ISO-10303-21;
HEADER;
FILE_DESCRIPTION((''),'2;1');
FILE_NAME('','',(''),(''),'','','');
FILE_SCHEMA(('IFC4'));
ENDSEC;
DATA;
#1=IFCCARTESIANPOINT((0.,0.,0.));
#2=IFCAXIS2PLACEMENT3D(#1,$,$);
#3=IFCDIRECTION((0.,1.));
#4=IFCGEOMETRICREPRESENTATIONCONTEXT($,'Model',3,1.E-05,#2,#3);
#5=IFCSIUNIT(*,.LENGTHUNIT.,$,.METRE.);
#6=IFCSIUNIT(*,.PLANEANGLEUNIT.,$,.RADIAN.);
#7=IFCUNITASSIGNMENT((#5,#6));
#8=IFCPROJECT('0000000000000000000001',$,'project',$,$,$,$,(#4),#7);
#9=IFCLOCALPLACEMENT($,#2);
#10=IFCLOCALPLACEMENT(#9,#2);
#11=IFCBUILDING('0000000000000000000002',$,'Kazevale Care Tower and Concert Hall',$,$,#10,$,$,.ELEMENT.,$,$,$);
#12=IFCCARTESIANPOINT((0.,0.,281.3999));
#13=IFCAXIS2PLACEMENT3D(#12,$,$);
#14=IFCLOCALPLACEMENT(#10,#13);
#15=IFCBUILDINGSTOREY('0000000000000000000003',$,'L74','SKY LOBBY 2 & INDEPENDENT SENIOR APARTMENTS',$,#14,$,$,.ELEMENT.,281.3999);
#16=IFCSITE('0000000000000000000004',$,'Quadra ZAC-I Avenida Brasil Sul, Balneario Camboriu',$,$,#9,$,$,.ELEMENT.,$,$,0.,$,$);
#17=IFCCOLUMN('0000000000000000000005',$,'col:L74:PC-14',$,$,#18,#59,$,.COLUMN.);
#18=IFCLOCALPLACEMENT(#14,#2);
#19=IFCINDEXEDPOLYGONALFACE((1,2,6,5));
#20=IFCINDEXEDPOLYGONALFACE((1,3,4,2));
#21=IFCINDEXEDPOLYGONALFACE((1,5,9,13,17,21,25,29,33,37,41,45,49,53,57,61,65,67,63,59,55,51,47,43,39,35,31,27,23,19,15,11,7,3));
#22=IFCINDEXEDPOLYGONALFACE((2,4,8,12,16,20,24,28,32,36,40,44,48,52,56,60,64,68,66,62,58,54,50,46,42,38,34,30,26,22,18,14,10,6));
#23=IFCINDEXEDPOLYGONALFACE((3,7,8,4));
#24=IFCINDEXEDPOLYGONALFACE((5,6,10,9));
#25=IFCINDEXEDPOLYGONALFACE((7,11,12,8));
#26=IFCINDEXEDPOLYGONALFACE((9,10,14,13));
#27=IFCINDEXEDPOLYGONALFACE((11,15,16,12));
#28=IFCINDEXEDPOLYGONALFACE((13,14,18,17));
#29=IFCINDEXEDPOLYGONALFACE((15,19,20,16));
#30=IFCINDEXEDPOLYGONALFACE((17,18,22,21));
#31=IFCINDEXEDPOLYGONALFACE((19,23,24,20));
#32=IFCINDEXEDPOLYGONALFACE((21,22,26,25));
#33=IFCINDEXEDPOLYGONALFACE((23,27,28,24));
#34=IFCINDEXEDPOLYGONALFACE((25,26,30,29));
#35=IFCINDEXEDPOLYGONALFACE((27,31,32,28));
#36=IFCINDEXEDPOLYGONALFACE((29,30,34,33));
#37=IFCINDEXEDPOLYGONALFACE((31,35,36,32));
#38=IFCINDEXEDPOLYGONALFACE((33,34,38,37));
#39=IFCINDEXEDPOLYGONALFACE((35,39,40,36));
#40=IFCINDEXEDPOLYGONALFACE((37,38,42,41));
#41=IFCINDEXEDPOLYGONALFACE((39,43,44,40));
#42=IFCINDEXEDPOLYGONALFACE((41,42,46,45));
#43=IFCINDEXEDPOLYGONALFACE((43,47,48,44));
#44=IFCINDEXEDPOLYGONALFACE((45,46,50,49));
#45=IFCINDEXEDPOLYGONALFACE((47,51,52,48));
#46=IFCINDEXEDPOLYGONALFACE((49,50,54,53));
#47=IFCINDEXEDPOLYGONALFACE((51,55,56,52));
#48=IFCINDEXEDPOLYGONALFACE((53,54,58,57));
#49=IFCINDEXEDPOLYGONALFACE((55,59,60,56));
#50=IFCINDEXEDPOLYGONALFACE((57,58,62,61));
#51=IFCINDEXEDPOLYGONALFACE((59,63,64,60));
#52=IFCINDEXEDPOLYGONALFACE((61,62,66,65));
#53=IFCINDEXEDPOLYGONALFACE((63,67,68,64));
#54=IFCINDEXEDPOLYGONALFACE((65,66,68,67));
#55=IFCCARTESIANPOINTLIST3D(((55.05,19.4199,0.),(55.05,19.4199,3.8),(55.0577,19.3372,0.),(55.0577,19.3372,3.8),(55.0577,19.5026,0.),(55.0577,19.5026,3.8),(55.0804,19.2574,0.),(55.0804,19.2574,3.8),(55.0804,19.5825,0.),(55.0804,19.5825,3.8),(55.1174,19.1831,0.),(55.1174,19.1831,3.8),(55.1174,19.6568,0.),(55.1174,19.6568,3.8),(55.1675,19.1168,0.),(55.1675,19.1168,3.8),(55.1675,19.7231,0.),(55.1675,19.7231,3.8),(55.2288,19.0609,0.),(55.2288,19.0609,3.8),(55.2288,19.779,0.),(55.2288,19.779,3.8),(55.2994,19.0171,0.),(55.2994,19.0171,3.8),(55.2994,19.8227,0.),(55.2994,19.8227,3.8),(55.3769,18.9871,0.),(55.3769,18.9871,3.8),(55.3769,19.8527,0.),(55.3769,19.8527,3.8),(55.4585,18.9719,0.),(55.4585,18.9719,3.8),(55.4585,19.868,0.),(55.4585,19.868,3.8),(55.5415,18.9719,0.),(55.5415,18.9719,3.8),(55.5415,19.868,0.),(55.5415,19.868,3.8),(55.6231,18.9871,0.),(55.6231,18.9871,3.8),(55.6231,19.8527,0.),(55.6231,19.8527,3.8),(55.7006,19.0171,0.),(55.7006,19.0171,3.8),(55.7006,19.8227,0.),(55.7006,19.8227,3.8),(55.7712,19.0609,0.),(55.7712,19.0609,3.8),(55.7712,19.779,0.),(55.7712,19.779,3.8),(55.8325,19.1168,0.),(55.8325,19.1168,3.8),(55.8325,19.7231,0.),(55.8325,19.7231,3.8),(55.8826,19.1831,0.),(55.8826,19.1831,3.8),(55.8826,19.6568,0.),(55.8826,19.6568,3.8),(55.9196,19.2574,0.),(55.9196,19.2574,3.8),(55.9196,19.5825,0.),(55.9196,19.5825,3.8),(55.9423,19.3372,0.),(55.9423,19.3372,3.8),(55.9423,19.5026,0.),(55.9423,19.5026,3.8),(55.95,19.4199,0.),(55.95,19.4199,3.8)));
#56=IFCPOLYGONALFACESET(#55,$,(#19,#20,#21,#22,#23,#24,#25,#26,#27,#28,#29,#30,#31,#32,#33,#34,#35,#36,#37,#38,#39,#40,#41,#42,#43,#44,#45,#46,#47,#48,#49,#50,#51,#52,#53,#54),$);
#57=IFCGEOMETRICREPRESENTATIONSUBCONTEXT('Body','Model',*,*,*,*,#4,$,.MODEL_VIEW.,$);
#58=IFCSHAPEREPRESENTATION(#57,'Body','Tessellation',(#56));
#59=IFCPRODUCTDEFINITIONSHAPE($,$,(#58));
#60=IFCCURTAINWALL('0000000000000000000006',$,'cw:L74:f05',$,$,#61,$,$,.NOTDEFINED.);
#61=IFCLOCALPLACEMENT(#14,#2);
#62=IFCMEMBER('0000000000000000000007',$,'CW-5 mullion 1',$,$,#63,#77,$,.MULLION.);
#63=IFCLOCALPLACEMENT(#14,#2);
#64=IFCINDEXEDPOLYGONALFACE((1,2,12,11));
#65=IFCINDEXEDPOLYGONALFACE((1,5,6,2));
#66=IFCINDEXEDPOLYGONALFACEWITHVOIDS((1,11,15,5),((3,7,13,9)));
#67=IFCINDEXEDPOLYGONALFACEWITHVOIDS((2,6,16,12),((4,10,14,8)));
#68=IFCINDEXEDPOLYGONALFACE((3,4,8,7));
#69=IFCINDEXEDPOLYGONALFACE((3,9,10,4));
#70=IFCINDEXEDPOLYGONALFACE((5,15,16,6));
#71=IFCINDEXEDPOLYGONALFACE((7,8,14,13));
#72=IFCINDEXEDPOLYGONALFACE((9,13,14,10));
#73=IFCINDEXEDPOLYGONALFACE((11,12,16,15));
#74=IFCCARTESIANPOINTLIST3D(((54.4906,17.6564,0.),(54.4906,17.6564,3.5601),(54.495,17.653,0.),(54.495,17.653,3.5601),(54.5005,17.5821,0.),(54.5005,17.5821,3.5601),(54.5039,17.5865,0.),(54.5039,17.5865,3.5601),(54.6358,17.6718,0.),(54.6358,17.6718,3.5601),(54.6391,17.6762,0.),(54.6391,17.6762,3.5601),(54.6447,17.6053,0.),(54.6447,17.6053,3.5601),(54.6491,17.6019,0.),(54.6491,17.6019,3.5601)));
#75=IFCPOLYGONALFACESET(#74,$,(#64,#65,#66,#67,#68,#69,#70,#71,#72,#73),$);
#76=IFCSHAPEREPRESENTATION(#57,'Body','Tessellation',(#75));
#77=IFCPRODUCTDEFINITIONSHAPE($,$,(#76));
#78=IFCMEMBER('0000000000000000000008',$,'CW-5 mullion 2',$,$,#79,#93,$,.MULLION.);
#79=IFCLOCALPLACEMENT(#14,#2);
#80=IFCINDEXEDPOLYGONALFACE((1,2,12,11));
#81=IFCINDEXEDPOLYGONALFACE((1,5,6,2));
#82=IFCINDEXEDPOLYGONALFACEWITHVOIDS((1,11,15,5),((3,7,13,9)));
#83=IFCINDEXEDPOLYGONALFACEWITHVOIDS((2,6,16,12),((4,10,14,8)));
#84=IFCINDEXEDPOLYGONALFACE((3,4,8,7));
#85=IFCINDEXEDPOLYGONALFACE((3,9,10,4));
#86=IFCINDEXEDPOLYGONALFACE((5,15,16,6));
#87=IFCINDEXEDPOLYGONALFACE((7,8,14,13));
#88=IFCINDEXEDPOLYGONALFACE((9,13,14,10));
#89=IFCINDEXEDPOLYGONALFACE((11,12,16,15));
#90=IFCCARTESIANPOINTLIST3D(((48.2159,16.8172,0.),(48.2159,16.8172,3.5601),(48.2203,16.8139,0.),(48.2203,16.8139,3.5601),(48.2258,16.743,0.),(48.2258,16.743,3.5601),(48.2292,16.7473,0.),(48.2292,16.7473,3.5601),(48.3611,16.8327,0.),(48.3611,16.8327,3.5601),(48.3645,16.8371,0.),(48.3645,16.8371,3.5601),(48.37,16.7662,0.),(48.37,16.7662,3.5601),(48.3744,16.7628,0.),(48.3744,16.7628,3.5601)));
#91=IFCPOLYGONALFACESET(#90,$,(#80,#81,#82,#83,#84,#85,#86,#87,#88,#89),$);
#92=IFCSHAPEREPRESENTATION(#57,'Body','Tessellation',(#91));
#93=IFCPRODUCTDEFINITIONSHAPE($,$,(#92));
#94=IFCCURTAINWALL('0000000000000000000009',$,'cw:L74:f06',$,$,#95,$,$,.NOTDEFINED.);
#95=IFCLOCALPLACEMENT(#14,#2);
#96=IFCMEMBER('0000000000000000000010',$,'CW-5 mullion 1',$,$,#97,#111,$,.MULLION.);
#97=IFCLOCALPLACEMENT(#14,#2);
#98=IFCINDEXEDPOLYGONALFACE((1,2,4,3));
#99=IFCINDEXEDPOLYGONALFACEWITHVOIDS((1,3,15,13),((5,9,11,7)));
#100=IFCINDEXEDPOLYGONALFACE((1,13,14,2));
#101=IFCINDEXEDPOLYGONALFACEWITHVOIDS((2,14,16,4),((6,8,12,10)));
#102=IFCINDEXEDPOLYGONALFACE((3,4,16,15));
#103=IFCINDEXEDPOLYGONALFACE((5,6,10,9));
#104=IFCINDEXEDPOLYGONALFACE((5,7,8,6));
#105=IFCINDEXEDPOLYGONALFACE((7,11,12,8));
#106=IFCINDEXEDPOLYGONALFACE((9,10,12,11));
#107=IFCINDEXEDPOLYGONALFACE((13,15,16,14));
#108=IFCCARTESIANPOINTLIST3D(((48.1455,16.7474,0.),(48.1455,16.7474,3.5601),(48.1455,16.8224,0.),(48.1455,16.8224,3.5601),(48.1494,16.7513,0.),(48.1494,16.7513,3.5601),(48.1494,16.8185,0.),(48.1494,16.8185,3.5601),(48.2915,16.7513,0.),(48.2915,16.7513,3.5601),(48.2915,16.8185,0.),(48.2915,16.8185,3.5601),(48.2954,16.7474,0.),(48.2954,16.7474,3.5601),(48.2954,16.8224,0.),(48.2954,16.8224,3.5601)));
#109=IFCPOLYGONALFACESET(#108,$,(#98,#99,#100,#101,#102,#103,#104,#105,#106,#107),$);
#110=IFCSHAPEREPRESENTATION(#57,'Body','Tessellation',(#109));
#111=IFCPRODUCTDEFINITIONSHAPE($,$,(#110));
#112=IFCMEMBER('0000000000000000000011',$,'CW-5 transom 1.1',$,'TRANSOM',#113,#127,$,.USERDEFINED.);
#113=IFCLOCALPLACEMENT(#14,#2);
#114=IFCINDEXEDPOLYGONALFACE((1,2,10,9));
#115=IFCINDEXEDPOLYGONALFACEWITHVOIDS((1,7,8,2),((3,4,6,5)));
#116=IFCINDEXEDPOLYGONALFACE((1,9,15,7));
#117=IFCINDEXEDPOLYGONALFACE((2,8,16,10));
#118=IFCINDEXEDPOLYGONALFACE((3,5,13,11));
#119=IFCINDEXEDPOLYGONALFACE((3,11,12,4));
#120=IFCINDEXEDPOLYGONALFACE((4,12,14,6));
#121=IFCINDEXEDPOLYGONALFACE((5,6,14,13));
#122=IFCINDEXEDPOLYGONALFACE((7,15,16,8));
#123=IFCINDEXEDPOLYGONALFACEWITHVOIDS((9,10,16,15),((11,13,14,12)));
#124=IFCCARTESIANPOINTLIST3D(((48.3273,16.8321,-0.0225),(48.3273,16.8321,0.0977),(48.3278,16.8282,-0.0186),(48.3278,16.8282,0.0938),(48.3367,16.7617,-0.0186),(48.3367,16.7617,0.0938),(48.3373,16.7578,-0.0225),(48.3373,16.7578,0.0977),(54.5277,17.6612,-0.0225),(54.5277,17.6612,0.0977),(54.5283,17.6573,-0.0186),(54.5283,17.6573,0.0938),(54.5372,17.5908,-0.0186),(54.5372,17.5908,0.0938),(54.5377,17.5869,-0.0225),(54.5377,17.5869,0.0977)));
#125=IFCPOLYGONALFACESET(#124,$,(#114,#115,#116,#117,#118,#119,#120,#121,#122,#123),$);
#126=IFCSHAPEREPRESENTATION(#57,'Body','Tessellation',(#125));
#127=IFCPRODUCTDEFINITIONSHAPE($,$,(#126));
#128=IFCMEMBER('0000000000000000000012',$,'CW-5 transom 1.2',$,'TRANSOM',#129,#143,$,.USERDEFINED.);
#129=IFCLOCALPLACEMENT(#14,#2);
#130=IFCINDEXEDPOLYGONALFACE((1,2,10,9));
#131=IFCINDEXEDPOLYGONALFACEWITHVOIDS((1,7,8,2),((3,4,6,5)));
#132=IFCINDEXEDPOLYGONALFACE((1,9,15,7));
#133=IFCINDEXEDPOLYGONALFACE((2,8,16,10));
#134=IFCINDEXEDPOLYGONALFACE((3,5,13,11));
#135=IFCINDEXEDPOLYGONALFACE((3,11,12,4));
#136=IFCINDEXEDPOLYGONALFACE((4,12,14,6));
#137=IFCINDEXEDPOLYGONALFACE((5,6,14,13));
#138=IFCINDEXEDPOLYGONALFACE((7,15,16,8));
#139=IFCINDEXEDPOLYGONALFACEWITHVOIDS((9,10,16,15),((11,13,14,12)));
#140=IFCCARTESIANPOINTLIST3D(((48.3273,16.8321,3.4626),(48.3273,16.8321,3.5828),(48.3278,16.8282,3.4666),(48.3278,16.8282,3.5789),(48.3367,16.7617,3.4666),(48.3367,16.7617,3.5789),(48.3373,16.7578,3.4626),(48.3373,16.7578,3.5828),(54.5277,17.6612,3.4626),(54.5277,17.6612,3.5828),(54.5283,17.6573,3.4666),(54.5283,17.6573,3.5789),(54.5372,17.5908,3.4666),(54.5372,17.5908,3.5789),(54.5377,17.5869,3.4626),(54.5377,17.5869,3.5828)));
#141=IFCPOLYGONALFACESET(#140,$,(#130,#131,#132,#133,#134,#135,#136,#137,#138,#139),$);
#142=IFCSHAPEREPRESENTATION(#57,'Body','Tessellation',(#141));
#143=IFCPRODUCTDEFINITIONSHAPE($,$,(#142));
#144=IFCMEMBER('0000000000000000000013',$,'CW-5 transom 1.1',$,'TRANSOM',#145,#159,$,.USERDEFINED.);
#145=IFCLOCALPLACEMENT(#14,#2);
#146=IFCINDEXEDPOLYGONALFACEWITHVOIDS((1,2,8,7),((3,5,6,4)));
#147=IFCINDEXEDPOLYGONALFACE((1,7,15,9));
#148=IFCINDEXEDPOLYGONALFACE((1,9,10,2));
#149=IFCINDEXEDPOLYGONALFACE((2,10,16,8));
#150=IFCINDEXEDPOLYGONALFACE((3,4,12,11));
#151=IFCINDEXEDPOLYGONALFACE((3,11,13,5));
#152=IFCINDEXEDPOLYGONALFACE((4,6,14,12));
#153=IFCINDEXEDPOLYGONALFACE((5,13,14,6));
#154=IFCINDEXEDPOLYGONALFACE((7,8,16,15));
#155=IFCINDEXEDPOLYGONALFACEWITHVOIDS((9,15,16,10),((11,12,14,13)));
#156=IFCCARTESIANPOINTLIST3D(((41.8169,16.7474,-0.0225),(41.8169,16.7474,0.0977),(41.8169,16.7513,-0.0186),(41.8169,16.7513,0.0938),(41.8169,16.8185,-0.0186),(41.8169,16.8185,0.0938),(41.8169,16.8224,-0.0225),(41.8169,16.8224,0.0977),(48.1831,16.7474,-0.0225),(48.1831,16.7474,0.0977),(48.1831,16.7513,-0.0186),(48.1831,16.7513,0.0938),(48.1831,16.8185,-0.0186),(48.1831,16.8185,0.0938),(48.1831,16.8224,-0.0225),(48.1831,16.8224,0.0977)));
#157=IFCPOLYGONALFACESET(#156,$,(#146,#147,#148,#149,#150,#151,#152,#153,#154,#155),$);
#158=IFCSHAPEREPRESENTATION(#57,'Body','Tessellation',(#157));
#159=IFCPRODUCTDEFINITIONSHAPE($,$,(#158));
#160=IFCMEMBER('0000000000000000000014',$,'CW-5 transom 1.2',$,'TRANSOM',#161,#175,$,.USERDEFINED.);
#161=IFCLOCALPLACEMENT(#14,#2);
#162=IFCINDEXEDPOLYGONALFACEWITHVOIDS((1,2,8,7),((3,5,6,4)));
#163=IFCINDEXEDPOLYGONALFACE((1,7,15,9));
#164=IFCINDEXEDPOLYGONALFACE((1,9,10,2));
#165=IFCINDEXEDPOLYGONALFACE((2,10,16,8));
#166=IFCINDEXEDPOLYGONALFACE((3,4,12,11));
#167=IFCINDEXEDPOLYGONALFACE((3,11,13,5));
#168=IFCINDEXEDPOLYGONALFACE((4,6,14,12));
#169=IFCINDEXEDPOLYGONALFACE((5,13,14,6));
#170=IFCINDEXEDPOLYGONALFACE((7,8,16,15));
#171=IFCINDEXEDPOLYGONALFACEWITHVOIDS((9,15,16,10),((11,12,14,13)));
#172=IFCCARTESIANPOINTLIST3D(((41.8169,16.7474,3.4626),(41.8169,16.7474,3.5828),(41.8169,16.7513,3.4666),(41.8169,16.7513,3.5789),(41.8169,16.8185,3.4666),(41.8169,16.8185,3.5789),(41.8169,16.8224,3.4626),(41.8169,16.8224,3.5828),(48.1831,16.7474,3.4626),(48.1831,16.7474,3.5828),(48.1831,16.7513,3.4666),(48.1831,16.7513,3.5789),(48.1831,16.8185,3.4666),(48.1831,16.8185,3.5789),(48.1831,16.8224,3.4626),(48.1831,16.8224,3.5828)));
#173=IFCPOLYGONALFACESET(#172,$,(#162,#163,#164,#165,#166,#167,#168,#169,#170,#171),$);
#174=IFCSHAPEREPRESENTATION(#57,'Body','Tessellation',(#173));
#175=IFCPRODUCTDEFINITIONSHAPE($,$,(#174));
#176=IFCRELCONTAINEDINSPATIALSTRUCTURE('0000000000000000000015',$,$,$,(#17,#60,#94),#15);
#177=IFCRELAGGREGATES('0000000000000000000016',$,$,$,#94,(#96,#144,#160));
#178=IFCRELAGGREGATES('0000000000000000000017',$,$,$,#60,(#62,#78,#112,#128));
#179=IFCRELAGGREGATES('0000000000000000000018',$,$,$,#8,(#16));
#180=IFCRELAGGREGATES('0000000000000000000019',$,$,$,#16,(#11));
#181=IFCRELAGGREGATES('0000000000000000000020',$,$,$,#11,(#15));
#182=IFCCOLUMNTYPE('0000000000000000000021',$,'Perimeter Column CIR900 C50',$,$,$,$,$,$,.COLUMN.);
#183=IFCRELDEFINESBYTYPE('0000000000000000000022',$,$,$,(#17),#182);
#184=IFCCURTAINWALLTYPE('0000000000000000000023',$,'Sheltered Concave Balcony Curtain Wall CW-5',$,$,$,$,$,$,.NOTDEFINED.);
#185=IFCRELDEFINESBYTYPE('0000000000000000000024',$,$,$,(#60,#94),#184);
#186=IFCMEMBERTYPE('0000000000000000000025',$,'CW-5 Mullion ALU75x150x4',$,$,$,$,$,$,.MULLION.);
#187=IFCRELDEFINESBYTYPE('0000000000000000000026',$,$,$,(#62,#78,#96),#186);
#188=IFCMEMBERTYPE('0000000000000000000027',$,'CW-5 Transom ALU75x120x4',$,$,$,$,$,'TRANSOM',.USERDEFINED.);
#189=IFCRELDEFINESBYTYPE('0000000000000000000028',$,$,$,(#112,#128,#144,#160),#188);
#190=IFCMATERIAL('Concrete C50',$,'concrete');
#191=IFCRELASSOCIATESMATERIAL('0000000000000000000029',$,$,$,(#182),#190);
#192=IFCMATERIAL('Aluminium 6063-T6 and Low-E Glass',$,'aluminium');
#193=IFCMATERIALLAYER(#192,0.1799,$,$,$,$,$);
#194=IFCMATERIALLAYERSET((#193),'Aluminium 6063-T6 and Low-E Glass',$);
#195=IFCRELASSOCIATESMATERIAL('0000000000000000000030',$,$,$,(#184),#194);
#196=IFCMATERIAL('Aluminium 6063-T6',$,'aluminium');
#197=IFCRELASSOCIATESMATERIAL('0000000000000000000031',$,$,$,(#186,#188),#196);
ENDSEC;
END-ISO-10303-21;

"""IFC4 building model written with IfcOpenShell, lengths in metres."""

from ifc_helpers import new_model, si_unit, direction, frame, origin, origin_2d, place, context, subcontext, project, spatial, hollow_rectangle, circle, extrude, material, layer, layer_set, material_profile, profile_set, type_object, element, aggregate, save


model = new_model("IFC4")

# Units and contexts
model_context = context("Model", 3, precision=1e-05, world=origin(), true_north=direction((0.0, 1.0)))
body_context = subcontext(model_context, "Body", "Model", "MODEL_VIEW")
ifc_project = project(units=[si_unit("LENGTHUNIT", "METRE"), si_unit("PLANEANGLEUNIT", "RADIAN")], contexts=[model_context])

# Site, building, storey
site_placement = place(None, origin())
site = spatial("IfcSite", under=ifc_project, at=site_placement, Name="Quadra ZAC-I Avenida Brasil Sul, Balneario Camboriu", CompositionType="ELEMENT", RefElevation=0.0)
building_placement = place(site_placement, origin())
building = spatial("IfcBuilding", under=site, at=building_placement, Name="Kazevale Care Tower and Concert Hall", CompositionType="ELEMENT")
storey_placement = place(building_placement, frame((0.0, 0.0, 281.3999)))
storey = spatial("IfcBuildingStorey", under=building, at=storey_placement, Name="L74", Description="SKY LOBBY 2 & INDEPENDENT SENIOR APARTMENTS", CompositionType="ELEMENT", Elevation=281.3999)

# Column
ifc_material_1 = material(Name="Concrete C50", Category="concrete")
ifc_material_profile_1 = material_profile(ifc_material_1, circle(Radius=0.45, at=origin_2d()), Name="RC-CIR900")
ifc_profile_set_1 = profile_set([ifc_material_profile_1], Name="Concrete C50")
column_type = type_object("IfcColumnType", Name="Perimeter Column CIR900 C50", PredefinedType="COLUMN", material=ifc_profile_set_1)
column_placement = place(storey_placement, frame((55.5, 19.4199, 0.0), z_axis=(0.0, 0.0, 1.0), x_axis=(1.0, 0.0, 0.0)))
element("IfcColumn", 1, at=column_placement, inside=storey, type_object=column_type, Name="col:L74:PC-14", PredefinedType="COLUMN", context=body_context, shape_type="SweptSolid", body=[
    extrude(circle(Radius=0.45, at=origin_2d()), origin(), (0.0, 0.0, 1.0), 3.8),
])

# Curtain wall, members
ifc_material_2 = material(Name="Aluminium 6063-T6 and Low-E Glass", Category="aluminium")
ifc_layer_1 = layer(ifc_material_2, 0.1799)
ifc_layer_set_1 = layer_set([ifc_layer_1], Name="Aluminium 6063-T6 and Low-E Glass")
curtain_wall_type = type_object("IfcCurtainWallType", Name="Sheltered Concave Balcony Curtain Wall CW-5", PredefinedType="NOTDEFINED", material=ifc_layer_set_1)
curtain_wall_1_placement = place(storey_placement, origin())
curtain_wall_1 = element("IfcCurtainWall", 2, at=curtain_wall_1_placement, inside=storey, type_object=curtain_wall_type, Name="cw:L74:f05", PredefinedType="NOTDEFINED")
ifc_material_3 = material(Name="Aluminium 6063-T6", Category="aluminium")
ifc_material_profile_2 = material_profile(ifc_material_3, hollow_rectangle(XDim=0.075, YDim=0.1499, WallThickness=0.0039, at=origin_2d()), Name="ALU75x150x4")
ifc_profile_set_2 = profile_set([ifc_material_profile_2], Name="Aluminium 6063-T6")
member_type_1 = type_object("IfcMemberType", Name="CW-5 Mullion ALU75x150x4", PredefinedType="MULLION", material=ifc_profile_set_2)
member_1_placement = place(storey_placement, frame((54.5698, 17.6292, 0.0), z_axis=(0.0, 0.0, 1.0), x_axis=(0.132542, -0.991177, 0.0)))
member_1 = element("IfcMember", 3, at=member_1_placement, type_object=member_type_1, Name="CW-5 mullion 1", PredefinedType="MULLION", context=body_context, shape_type="SweptSolid", body=[
    extrude(hollow_rectangle(XDim=0.075, YDim=0.1499, WallThickness=0.0039, at=origin_2d()), origin(), (0.0, 0.0, 1.0), 3.5601),
])
member_2_placement = place(storey_placement, frame((48.2952, 16.79, 0.0), z_axis=(0.0, 0.0, 1.0), x_axis=(0.132542, -0.991177, 0.0)))
member_2 = element("IfcMember", 4, at=member_2_placement, type_object=member_type_1, Name="CW-5 mullion 2", PredefinedType="MULLION", context=body_context, shape_type="SweptSolid", body=[
    extrude(hollow_rectangle(XDim=0.075, YDim=0.1499, WallThickness=0.0039, at=origin_2d()), origin(), (0.0, 0.0, 1.0), 3.5601),
])

# Curtain wall, member
curtain_wall_2_placement = place(storey_placement, origin())
curtain_wall_2 = element("IfcCurtainWall", 5, at=curtain_wall_2_placement, inside=storey, type_object=curtain_wall_type, Name="cw:L74:f06", PredefinedType="NOTDEFINED")
member_3_placement = place(storey_placement, frame((48.2205, 16.7849, 0.0), z_axis=(0.0, 0.0, 1.0), x_axis=(0.0, -1.0, 0.0)))
member_3 = element("IfcMember", 6, at=member_3_placement, type_object=member_type_1, Name="CW-5 mullion 1", PredefinedType="MULLION", context=body_context, shape_type="SweptSolid", body=[
    extrude(hollow_rectangle(XDim=0.075, YDim=0.1499, WallThickness=0.0039, at=origin_2d()), origin(), (0.0, 0.0, 1.0), 3.5601),
])

# Members
ifc_material_profile_3 = material_profile(ifc_material_3, hollow_rectangle(XDim=0.075, YDim=0.1201, WallThickness=0.0039, at=origin_2d()), Name="ALU75x120x4")
ifc_profile_set_3 = profile_set([ifc_material_profile_3], Name="Aluminium 6063-T6")
member_type_2 = type_object("IfcMemberType", Name="CW-5 Transom ALU75x120x4", ElementType="TRANSOM", PredefinedType="USERDEFINED", material=ifc_profile_set_3)
member_4_placement = place(storey_placement, frame((54.5327, 17.624, 0.0376), z_axis=(-0.991178, -0.132537, 0.0), x_axis=(0.132537, -0.991178, 0.0)))
member_4 = element("IfcMember", 7, at=member_4_placement, type_object=member_type_2, Name="CW-5 transom 1.1", ObjectType="TRANSOM", PredefinedType="USERDEFINED", context=body_context, shape_type="SweptSolid", body=[
    extrude(hollow_rectangle(XDim=0.075, YDim=0.1201, WallThickness=0.0039, at=origin_2d()), origin(), (0.0, 0.0, 1.0), 6.2556),
])
member_5_placement = place(storey_placement, frame((54.5327, 17.624, 3.5227), z_axis=(-0.991178, -0.132537, 0.0), x_axis=(0.132537, -0.991178, 0.0)))
member_5 = element("IfcMember", 8, at=member_5_placement, type_object=member_type_2, Name="CW-5 transom 1.2", ObjectType="TRANSOM", PredefinedType="USERDEFINED", context=body_context, shape_type="SweptSolid", body=[
    extrude(hollow_rectangle(XDim=0.075, YDim=0.1201, WallThickness=0.0039, at=origin_2d()), origin(), (0.0, 0.0, 1.0), 6.2556),
])
member_6_placement = place(storey_placement, frame((48.1831, 16.7849, 0.0376), z_axis=(-1.0, 0.0, 0.0), x_axis=(0.0, -1.0, 0.0)))
member_6 = element("IfcMember", 9, at=member_6_placement, type_object=member_type_2, Name="CW-5 transom 1.1", ObjectType="TRANSOM", PredefinedType="USERDEFINED", context=body_context, shape_type="SweptSolid", body=[
    extrude(hollow_rectangle(XDim=0.075, YDim=0.1201, WallThickness=0.0039, at=origin_2d()), origin(), (0.0, 0.0, 1.0), 6.3662),
])
member_7_placement = place(storey_placement, frame((48.1831, 16.7849, 3.5227), z_axis=(-1.0, 0.0, 0.0), x_axis=(0.0, -1.0, 0.0)))
member_7 = element("IfcMember", 10, at=member_7_placement, type_object=member_type_2, Name="CW-5 transom 1.2", ObjectType="TRANSOM", PredefinedType="USERDEFINED", context=body_context, shape_type="SweptSolid", body=[
    extrude(hollow_rectangle(XDim=0.075, YDim=0.1201, WallThickness=0.0039, at=origin_2d()), origin(), (0.0, 0.0, 1.0), 6.3662),
])
aggregate(curtain_wall_2, [member_3, member_6, member_7])

aggregate(curtain_wall_1, [member_1, member_2, member_4, member_5])

save(model, "model.ifc")
